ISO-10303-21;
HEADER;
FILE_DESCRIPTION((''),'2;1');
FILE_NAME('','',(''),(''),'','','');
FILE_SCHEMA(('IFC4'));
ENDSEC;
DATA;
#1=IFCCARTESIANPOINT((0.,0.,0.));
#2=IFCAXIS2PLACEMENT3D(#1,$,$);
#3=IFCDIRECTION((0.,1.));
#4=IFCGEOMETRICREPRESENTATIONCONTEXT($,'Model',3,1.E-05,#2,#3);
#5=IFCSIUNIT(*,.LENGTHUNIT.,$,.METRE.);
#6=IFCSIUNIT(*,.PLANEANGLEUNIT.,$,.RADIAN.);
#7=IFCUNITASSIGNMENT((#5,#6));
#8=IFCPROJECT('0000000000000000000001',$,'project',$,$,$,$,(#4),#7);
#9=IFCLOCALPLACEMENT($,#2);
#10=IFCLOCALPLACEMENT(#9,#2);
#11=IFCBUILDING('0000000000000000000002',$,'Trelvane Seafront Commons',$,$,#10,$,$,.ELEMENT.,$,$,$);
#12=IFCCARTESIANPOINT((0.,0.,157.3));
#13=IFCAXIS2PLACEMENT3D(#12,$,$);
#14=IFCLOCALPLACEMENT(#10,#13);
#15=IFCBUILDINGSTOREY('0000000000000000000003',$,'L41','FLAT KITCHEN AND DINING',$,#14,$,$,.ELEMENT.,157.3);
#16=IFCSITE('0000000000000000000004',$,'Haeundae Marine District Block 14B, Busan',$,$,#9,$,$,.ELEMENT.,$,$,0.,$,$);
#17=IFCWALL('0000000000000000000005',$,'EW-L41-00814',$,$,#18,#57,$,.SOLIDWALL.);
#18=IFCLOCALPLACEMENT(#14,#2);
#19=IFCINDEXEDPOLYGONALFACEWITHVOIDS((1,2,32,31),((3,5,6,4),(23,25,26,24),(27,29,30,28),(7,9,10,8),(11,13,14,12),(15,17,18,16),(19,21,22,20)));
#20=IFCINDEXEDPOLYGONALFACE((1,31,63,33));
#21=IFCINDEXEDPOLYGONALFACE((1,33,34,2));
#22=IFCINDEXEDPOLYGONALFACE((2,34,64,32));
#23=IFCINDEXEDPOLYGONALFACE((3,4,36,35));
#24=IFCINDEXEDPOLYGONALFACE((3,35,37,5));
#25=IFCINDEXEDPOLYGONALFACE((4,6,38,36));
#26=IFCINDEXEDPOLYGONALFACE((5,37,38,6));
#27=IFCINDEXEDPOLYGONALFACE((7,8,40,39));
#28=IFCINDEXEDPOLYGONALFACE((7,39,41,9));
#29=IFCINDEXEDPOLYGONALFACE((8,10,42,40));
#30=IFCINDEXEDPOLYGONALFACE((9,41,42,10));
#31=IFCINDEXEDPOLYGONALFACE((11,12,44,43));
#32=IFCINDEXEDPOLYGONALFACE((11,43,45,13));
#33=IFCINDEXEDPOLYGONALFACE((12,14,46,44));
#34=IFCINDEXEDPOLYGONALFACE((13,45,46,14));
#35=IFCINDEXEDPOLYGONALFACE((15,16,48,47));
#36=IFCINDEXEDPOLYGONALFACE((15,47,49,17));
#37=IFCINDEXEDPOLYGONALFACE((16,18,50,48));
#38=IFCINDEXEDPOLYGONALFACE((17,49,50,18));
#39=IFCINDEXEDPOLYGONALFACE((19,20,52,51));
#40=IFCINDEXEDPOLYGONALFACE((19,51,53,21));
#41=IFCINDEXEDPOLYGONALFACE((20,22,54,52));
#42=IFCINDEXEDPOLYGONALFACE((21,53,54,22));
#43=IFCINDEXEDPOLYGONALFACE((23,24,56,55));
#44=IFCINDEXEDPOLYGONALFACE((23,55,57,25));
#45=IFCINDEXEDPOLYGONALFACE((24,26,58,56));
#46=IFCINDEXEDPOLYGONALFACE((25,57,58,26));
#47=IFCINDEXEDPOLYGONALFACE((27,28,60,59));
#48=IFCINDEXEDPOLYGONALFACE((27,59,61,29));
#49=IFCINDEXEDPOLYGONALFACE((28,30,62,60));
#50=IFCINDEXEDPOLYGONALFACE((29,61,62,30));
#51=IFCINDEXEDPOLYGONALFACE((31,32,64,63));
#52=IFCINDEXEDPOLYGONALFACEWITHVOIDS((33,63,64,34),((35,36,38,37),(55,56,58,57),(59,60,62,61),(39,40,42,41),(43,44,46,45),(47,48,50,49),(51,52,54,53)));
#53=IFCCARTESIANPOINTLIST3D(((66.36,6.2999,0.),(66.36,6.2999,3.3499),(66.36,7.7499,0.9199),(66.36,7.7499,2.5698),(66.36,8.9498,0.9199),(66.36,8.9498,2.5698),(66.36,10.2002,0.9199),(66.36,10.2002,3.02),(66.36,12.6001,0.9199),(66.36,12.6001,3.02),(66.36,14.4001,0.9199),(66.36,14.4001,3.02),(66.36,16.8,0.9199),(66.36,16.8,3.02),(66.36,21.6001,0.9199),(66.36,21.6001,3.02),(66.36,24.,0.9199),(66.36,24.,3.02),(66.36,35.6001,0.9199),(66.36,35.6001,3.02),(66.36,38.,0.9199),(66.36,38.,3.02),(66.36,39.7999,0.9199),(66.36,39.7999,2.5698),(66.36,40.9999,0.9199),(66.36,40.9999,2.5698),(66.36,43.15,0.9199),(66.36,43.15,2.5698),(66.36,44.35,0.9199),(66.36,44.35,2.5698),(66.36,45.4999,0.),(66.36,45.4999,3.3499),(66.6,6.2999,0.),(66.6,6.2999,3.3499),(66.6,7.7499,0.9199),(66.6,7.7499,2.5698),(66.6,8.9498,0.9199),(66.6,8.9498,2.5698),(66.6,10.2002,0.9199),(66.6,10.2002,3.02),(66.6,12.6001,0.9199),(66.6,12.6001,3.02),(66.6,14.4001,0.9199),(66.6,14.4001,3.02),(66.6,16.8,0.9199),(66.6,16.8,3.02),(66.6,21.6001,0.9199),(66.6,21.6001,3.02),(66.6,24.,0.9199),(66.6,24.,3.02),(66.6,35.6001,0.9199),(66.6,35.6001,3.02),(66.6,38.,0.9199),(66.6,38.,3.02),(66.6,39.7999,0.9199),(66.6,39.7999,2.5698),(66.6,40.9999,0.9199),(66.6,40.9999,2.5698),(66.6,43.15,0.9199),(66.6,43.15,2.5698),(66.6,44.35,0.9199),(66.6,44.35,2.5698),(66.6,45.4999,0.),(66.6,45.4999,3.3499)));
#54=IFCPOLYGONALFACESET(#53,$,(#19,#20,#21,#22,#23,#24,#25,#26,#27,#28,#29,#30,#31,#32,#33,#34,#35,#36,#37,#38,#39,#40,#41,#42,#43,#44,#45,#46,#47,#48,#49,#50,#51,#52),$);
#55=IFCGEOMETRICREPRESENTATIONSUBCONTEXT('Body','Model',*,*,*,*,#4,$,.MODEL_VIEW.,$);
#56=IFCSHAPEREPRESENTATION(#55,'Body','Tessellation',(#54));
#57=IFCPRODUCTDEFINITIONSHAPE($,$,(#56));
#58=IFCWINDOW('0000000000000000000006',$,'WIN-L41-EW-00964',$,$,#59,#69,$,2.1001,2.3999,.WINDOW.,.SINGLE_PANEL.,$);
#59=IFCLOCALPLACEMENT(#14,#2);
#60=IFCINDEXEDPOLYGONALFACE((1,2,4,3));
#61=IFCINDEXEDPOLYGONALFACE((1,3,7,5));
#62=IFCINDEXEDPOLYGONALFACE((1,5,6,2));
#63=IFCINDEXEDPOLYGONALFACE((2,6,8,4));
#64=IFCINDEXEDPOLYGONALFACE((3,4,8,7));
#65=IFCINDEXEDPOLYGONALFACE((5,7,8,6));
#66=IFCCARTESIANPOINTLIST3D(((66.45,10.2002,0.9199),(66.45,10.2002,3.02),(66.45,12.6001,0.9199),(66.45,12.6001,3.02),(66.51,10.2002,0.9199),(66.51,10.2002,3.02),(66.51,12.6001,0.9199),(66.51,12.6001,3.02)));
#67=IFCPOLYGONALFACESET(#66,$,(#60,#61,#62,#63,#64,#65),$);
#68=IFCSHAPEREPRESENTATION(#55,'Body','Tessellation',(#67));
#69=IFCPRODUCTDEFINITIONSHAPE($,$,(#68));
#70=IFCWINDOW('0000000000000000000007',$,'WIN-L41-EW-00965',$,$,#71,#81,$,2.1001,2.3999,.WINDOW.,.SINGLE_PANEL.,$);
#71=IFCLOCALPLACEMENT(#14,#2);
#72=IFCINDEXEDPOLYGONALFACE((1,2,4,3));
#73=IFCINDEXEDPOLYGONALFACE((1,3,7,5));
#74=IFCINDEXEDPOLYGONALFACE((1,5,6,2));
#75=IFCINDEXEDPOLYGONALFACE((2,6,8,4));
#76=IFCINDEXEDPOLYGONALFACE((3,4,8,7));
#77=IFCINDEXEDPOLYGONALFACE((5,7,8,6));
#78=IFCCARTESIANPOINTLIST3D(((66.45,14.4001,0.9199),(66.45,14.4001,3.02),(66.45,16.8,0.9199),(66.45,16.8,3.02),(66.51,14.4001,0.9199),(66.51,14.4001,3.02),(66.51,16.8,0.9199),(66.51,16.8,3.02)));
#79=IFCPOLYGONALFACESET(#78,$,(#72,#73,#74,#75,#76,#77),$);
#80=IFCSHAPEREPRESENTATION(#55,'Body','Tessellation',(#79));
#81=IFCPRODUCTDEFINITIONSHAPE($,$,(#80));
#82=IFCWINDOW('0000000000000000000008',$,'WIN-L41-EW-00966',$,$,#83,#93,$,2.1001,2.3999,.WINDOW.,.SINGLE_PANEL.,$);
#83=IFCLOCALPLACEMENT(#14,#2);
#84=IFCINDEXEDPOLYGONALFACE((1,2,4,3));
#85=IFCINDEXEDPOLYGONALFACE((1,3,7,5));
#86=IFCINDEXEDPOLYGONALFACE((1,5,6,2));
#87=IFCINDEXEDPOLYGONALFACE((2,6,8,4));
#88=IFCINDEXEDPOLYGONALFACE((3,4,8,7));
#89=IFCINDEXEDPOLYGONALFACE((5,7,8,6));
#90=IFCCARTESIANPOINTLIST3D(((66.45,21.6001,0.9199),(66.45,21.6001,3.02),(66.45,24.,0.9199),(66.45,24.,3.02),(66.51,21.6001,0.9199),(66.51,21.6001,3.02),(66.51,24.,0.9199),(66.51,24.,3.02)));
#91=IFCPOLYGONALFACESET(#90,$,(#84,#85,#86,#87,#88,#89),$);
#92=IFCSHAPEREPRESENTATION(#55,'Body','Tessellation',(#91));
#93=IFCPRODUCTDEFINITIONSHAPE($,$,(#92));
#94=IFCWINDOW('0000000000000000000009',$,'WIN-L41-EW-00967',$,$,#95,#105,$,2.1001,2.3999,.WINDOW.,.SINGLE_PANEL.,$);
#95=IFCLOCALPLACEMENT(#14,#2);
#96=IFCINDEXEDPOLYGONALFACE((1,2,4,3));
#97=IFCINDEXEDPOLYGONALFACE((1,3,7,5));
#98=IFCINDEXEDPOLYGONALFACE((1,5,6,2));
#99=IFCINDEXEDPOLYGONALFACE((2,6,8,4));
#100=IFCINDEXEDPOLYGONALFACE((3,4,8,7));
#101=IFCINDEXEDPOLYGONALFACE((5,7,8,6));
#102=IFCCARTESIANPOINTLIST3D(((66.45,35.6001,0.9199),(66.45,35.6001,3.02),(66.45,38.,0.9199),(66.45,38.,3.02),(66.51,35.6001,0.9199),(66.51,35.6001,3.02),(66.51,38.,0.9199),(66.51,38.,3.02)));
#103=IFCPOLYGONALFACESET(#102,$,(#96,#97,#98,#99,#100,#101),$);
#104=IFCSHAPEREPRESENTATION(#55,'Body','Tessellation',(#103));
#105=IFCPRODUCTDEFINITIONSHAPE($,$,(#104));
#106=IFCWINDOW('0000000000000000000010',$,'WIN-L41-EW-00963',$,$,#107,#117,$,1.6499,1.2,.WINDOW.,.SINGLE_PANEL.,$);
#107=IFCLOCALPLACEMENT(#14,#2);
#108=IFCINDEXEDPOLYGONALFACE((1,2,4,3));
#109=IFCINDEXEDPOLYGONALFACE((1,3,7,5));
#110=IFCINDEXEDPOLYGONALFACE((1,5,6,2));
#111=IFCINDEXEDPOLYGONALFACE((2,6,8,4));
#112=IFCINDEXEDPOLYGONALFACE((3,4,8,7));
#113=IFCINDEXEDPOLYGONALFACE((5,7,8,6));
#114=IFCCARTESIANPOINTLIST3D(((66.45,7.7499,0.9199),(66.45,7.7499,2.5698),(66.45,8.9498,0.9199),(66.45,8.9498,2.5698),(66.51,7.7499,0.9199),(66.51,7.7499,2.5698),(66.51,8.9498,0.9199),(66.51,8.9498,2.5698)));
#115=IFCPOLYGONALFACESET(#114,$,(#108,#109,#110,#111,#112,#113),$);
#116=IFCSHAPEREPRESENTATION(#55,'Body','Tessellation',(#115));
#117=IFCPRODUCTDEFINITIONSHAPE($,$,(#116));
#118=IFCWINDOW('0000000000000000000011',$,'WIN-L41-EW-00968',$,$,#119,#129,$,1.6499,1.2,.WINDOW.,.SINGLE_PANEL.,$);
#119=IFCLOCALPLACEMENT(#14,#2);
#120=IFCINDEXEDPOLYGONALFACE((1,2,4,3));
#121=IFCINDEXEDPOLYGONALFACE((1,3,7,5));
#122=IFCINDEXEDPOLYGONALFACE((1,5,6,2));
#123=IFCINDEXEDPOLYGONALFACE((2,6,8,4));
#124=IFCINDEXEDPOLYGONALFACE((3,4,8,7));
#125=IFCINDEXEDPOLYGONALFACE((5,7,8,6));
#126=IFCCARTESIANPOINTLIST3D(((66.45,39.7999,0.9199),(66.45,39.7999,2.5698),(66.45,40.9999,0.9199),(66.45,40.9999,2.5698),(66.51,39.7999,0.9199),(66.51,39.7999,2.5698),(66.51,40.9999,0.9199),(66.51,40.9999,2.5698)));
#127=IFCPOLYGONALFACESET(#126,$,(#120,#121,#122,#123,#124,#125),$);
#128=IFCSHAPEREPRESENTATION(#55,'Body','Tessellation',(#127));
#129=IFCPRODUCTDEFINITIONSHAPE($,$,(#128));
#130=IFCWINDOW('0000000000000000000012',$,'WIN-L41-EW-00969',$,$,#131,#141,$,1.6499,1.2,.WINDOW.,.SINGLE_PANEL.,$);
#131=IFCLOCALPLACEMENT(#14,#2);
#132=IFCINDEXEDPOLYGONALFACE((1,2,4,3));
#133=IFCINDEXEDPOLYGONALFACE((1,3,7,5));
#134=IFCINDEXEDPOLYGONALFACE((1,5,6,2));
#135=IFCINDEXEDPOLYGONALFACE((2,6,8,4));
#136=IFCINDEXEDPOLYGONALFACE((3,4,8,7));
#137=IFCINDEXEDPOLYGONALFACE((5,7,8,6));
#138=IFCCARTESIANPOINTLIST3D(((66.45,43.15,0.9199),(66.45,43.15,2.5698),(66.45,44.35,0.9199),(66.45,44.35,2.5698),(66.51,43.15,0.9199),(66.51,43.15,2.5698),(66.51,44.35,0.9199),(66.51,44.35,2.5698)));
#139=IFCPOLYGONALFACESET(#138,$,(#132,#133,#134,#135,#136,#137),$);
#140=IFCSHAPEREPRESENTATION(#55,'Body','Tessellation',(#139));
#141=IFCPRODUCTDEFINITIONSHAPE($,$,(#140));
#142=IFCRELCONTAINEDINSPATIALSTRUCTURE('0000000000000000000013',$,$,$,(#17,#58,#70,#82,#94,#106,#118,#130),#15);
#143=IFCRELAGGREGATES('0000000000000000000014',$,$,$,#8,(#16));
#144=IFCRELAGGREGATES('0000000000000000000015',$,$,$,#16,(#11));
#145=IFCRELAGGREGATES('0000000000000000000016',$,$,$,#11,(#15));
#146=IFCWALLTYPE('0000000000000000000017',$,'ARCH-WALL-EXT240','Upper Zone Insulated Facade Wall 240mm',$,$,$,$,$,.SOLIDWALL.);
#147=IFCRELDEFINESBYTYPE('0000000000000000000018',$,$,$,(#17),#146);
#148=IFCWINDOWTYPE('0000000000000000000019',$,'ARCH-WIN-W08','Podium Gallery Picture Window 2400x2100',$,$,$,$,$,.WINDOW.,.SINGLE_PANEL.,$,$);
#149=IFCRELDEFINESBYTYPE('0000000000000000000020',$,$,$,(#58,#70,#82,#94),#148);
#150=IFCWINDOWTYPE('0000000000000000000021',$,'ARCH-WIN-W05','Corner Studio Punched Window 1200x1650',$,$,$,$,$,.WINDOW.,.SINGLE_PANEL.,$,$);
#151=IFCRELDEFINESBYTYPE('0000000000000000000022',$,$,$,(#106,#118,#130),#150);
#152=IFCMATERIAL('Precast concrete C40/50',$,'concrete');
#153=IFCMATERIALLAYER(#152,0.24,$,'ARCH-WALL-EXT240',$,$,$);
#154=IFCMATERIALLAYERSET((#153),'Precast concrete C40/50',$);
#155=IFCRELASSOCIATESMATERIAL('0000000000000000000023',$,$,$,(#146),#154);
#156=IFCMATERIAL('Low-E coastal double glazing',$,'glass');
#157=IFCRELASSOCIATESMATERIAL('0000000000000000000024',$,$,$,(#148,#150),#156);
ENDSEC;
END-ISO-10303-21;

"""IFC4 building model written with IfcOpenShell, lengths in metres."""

from ifc_helpers import new_model, si_unit, direction, frame, frame_2d, origin, place, context, subcontext, project, spatial, rectangle, extrude, source, transform, mapped, material, layer, layer_set, type_object, element, fill, save


model = new_model("IFC4")

# Units and contexts
model_context = context("Model", 3, precision=1e-05, world=origin(), true_north=direction((0.0, 1.0)))
body_context = subcontext(model_context, "Body", "Model", "MODEL_VIEW")
ifc_project = project(units=[si_unit("LENGTHUNIT", "METRE"), si_unit("PLANEANGLEUNIT", "RADIAN")], contexts=[model_context])

# Site, building, storey
site_placement = place(None, origin())
site = spatial("IfcSite", under=ifc_project, at=site_placement, Name="Haeundae Marine District Block 14B, Busan", CompositionType="ELEMENT", RefElevation=0.0)
building_placement = place(site_placement, origin())
building = spatial("IfcBuilding", under=site, at=building_placement, Name="Trelvane Seafront Commons", CompositionType="ELEMENT")
storey_placement = place(building_placement, frame((0.0, 0.0, 157.3)))
storey = spatial("IfcBuildingStorey", under=building, at=storey_placement, Name="L41", Description="FLAT KITCHEN AND DINING", CompositionType="ELEMENT", Elevation=157.3)

# Shared definitions
ifc_material_1 = material(Name="Low-E coastal double glazing", Category="glass")

# Shared definitions
ifc_material_2 = material(Name="Precast concrete C40/50", Category="concrete")
ifc_layer_1 = layer(ifc_material_2, 0.24, Name="ARCH-WALL-EXT240")
ifc_layer_set_1 = layer_set([ifc_layer_1], Name="Precast concrete C40/50")
wall_type = type_object("IfcWallType", Name="ARCH-WALL-EXT240", Description="Upper Zone Insulated Facade Wall 240mm", PredefinedType="SOLIDWALL", material=ifc_layer_set_1)

# Wall, openings, windows
wall_1_placement = place(storey_placement, frame((66.48, 45.5, 0.0), z_axis=(0.0, 0.0, 1.0), x_axis=(0.0, -1.0, 0.0)))
wall_1 = element("IfcWall", 1, at=wall_1_placement, inside=storey, type_object=wall_type, Name="EW-L41-00814", PredefinedType="SOLIDWALL", context=body_context, shape_type="SweptSolid", body=[
    extrude(rectangle(XDim=39.2, YDim=0.24, at=frame_2d((19.6001, 0.0))), origin(), (0.0, 0.0, 1.0), 3.3499),
])
opening_1_placement = place(wall_1_placement, frame((36.55, 0.0, 0.9199)))
opening_1 = element("IfcOpeningElement", 2, at=opening_1_placement, cuts=wall_1, PredefinedType="OPENING", context=body_context, shape_type="SweptSolid", body=[
    extrude(rectangle(XDim=1.2, YDim=1.6499, at=frame_2d((0.6001, 0.825))), frame((0.0, 0.1299, 0.0), z_axis=(0.0, -1.0, 0.0), x_axis=(1.0, 0.0, 0.0)), (0.0, 0.0, 1.0), 0.26),
])
opening_2_placement = place(wall_1_placement, frame((32.8999, 0.0, 0.9199)))
opening_2 = element("IfcOpeningElement", 3, at=opening_2_placement, cuts=wall_1, PredefinedType="OPENING", context=body_context, shape_type="SweptSolid", body=[
    extrude(rectangle(XDim=2.3999, YDim=2.1001, at=frame_2d((1.2, 1.05))), frame((0.0, 0.1299, 0.0), z_axis=(0.0, -1.0, 0.0), x_axis=(1.0, 0.0, 0.0)), (0.0, 0.0, 1.0), 0.26),
])
opening_3_placement = place(wall_1_placement, frame((28.7, 0.0, 0.9199)))
opening_3 = element("IfcOpeningElement", 4, at=opening_3_placement, cuts=wall_1, PredefinedType="OPENING", context=body_context, shape_type="SweptSolid", body=[
    extrude(rectangle(XDim=2.3999, YDim=2.1001, at=frame_2d((1.2, 1.05))), frame((0.0, 0.1299, 0.0), z_axis=(0.0, -1.0, 0.0), x_axis=(1.0, 0.0, 0.0)), (0.0, 0.0, 1.0), 0.26),
])
opening_4_placement = place(wall_1_placement, frame((21.5, 0.0, 0.9199)))
opening_4 = element("IfcOpeningElement", 5, at=opening_4_placement, cuts=wall_1, PredefinedType="OPENING", context=body_context, shape_type="SweptSolid", body=[
    extrude(rectangle(XDim=2.3999, YDim=2.1001, at=frame_2d((1.2, 1.05))), frame((0.0, 0.1299, 0.0), z_axis=(0.0, -1.0, 0.0), x_axis=(1.0, 0.0, 0.0)), (0.0, 0.0, 1.0), 0.26),
])
opening_5_placement = place(wall_1_placement, frame((7.5, 0.0, 0.9199)))
opening_5 = element("IfcOpeningElement", 6, at=opening_5_placement, cuts=wall_1, PredefinedType="OPENING", context=body_context, shape_type="SweptSolid", body=[
    extrude(rectangle(XDim=2.3999, YDim=2.1001, at=frame_2d((1.2, 1.05))), frame((0.0, 0.1299, 0.0), z_axis=(0.0, -1.0, 0.0), x_axis=(1.0, 0.0, 0.0)), (0.0, 0.0, 1.0), 0.26),
])
opening_6_placement = place(wall_1_placement, frame((4.5, 0.0, 0.9199)))
opening_6 = element("IfcOpeningElement", 7, at=opening_6_placement, cuts=wall_1, PredefinedType="OPENING", context=body_context, shape_type="SweptSolid", body=[
    extrude(rectangle(XDim=1.2, YDim=1.6499, at=frame_2d((0.6001, 0.825))), frame((0.0, 0.1299, 0.0), z_axis=(0.0, -1.0, 0.0), x_axis=(1.0, 0.0, 0.0)), (0.0, 0.0, 1.0), 0.26),
])
opening_7_placement = place(wall_1_placement, frame((1.1499, 0.0, 0.9199)))
opening_7 = element("IfcOpeningElement", 8, at=opening_7_placement, cuts=wall_1, PredefinedType="OPENING", context=body_context, shape_type="SweptSolid", body=[
    extrude(rectangle(XDim=1.2, YDim=1.6499, at=frame_2d((0.6001, 0.825))), frame((0.0, 0.1299, 0.0), z_axis=(0.0, -1.0, 0.0), x_axis=(1.0, 0.0, 0.0)), (0.0, 0.0, 1.0), 0.26),
])
window_type_1 = type_object("IfcWindowType", Name="ARCH-WIN-W08", Description="Podium Gallery Picture Window 2400x2100", PartitioningType="SINGLE_PANEL", PredefinedType="WINDOW", material=ifc_material_1)
shared_shape_1 = source(origin(), body_context, "Body", "SweptSolid", [
    extrude(rectangle(XDim=2.3999, YDim=2.1001, at=frame_2d((1.2, 1.05))), frame((0.0, 0.03, 0.0), z_axis=(0.0, -1.0, 0.0), x_axis=(1.0, 0.0, 0.0)), (0.0, 0.0, 1.0), 0.0601),
])
window_1_placement = place(opening_2_placement, origin())
window_1 = element("IfcWindow", 9, at=window_1_placement, inside=storey, type_object=window_type_1, Name="WIN-L41-EW-00964", OverallHeight=2.1001, OverallWidth=2.3999, PartitioningType="SINGLE_PANEL", PredefinedType="WINDOW", context=body_context, shape_type="MappedRepresentation", body=[
    mapped(shared_shape_1, transform((0.0, 0.0, 0.0), x_axis=(1.0, 0.0, 0.0), y_axis=(0.0, 1.0, 0.0), z_axis=(0.0, 0.0, 1.0), scale=1.0)),
])
fill(opening_2, window_1)
window_2_placement = place(opening_3_placement, origin())
window_2 = element("IfcWindow", 10, at=window_2_placement, inside=storey, type_object=window_type_1, Name="WIN-L41-EW-00965", OverallHeight=2.1001, OverallWidth=2.3999, PartitioningType="SINGLE_PANEL", PredefinedType="WINDOW", context=body_context, shape_type="MappedRepresentation", body=[
    mapped(shared_shape_1, transform((0.0, 0.0, 0.0), x_axis=(1.0, 0.0, 0.0), y_axis=(0.0, 1.0, 0.0), z_axis=(0.0, 0.0, 1.0), scale=1.0)),
])
fill(opening_3, window_2)
window_3_placement = place(opening_4_placement, origin())
window_3 = element("IfcWindow", 11, at=window_3_placement, inside=storey, type_object=window_type_1, Name="WIN-L41-EW-00966", OverallHeight=2.1001, OverallWidth=2.3999, PartitioningType="SINGLE_PANEL", PredefinedType="WINDOW", context=body_context, shape_type="MappedRepresentation", body=[
    mapped(shared_shape_1, transform((0.0, 0.0, 0.0), x_axis=(1.0, 0.0, 0.0), y_axis=(0.0, 1.0, 0.0), z_axis=(0.0, 0.0, 1.0), scale=1.0)),
])
fill(opening_4, window_3)
window_4_placement = place(opening_5_placement, origin())
window_4 = element("IfcWindow", 12, at=window_4_placement, inside=storey, type_object=window_type_1, Name="WIN-L41-EW-00967", OverallHeight=2.1001, OverallWidth=2.3999, PartitioningType="SINGLE_PANEL", PredefinedType="WINDOW", context=body_context, shape_type="MappedRepresentation", body=[
    mapped(shared_shape_1, transform((0.0, 0.0, 0.0), x_axis=(1.0, 0.0, 0.0), y_axis=(0.0, 1.0, 0.0), z_axis=(0.0, 0.0, 1.0), scale=1.0)),
])
fill(opening_5, window_4)
window_type_2 = type_object("IfcWindowType", Name="ARCH-WIN-W05", Description="Corner Studio Punched Window 1200x1650", PartitioningType="SINGLE_PANEL", PredefinedType="WINDOW", material=ifc_material_1)
shared_shape_2 = source(origin(), body_context, "Body", "SweptSolid", [
    extrude(rectangle(XDim=1.2, YDim=1.6499, at=frame_2d((0.6001, 0.825))), frame((0.0, 0.03, 0.0), z_axis=(0.0, -1.0, 0.0), x_axis=(1.0, 0.0, 0.0)), (0.0, 0.0, 1.0), 0.0601),
])
window_5_placement = place(opening_1_placement, origin())
window_5 = element("IfcWindow", 13, at=window_5_placement, inside=storey, type_object=window_type_2, Name="WIN-L41-EW-00963", OverallHeight=1.6499, OverallWidth=1.2, PartitioningType="SINGLE_PANEL", PredefinedType="WINDOW", context=body_context, shape_type="MappedRepresentation", body=[
    mapped(shared_shape_2, transform((0.0, 0.0, 0.0), x_axis=(1.0, 0.0, 0.0), y_axis=(0.0, 1.0, 0.0), z_axis=(0.0, 0.0, 1.0), scale=1.0)),
])
fill(opening_1, window_5)
window_6_placement = place(opening_6_placement, origin())
window_6 = element("IfcWindow", 14, at=window_6_placement, inside=storey, type_object=window_type_2, Name="WIN-L41-EW-00968", OverallHeight=1.6499, OverallWidth=1.2, PartitioningType="SINGLE_PANEL", PredefinedType="WINDOW", context=body_context, shape_type="MappedRepresentation", body=[
    mapped(shared_shape_2, transform((0.0, 0.0, 0.0), x_axis=(1.0, 0.0, 0.0), y_axis=(0.0, 1.0, 0.0), z_axis=(0.0, 0.0, 1.0), scale=1.0)),
])
fill(opening_6, window_6)
window_7_placement = place(opening_7_placement, origin())
window_7 = element("IfcWindow", 15, at=window_7_placement, inside=storey, type_object=window_type_2, Name="WIN-L41-EW-00969", OverallHeight=1.6499, OverallWidth=1.2, PartitioningType="SINGLE_PANEL", PredefinedType="WINDOW", context=body_context, shape_type="MappedRepresentation", body=[
    mapped(shared_shape_2, transform((0.0, 0.0, 0.0), x_axis=(1.0, 0.0, 0.0), y_axis=(0.0, 1.0, 0.0), z_axis=(0.0, 0.0, 1.0), scale=1.0)),
])
fill(opening_7, window_7)

save(model, "model.ifc")
